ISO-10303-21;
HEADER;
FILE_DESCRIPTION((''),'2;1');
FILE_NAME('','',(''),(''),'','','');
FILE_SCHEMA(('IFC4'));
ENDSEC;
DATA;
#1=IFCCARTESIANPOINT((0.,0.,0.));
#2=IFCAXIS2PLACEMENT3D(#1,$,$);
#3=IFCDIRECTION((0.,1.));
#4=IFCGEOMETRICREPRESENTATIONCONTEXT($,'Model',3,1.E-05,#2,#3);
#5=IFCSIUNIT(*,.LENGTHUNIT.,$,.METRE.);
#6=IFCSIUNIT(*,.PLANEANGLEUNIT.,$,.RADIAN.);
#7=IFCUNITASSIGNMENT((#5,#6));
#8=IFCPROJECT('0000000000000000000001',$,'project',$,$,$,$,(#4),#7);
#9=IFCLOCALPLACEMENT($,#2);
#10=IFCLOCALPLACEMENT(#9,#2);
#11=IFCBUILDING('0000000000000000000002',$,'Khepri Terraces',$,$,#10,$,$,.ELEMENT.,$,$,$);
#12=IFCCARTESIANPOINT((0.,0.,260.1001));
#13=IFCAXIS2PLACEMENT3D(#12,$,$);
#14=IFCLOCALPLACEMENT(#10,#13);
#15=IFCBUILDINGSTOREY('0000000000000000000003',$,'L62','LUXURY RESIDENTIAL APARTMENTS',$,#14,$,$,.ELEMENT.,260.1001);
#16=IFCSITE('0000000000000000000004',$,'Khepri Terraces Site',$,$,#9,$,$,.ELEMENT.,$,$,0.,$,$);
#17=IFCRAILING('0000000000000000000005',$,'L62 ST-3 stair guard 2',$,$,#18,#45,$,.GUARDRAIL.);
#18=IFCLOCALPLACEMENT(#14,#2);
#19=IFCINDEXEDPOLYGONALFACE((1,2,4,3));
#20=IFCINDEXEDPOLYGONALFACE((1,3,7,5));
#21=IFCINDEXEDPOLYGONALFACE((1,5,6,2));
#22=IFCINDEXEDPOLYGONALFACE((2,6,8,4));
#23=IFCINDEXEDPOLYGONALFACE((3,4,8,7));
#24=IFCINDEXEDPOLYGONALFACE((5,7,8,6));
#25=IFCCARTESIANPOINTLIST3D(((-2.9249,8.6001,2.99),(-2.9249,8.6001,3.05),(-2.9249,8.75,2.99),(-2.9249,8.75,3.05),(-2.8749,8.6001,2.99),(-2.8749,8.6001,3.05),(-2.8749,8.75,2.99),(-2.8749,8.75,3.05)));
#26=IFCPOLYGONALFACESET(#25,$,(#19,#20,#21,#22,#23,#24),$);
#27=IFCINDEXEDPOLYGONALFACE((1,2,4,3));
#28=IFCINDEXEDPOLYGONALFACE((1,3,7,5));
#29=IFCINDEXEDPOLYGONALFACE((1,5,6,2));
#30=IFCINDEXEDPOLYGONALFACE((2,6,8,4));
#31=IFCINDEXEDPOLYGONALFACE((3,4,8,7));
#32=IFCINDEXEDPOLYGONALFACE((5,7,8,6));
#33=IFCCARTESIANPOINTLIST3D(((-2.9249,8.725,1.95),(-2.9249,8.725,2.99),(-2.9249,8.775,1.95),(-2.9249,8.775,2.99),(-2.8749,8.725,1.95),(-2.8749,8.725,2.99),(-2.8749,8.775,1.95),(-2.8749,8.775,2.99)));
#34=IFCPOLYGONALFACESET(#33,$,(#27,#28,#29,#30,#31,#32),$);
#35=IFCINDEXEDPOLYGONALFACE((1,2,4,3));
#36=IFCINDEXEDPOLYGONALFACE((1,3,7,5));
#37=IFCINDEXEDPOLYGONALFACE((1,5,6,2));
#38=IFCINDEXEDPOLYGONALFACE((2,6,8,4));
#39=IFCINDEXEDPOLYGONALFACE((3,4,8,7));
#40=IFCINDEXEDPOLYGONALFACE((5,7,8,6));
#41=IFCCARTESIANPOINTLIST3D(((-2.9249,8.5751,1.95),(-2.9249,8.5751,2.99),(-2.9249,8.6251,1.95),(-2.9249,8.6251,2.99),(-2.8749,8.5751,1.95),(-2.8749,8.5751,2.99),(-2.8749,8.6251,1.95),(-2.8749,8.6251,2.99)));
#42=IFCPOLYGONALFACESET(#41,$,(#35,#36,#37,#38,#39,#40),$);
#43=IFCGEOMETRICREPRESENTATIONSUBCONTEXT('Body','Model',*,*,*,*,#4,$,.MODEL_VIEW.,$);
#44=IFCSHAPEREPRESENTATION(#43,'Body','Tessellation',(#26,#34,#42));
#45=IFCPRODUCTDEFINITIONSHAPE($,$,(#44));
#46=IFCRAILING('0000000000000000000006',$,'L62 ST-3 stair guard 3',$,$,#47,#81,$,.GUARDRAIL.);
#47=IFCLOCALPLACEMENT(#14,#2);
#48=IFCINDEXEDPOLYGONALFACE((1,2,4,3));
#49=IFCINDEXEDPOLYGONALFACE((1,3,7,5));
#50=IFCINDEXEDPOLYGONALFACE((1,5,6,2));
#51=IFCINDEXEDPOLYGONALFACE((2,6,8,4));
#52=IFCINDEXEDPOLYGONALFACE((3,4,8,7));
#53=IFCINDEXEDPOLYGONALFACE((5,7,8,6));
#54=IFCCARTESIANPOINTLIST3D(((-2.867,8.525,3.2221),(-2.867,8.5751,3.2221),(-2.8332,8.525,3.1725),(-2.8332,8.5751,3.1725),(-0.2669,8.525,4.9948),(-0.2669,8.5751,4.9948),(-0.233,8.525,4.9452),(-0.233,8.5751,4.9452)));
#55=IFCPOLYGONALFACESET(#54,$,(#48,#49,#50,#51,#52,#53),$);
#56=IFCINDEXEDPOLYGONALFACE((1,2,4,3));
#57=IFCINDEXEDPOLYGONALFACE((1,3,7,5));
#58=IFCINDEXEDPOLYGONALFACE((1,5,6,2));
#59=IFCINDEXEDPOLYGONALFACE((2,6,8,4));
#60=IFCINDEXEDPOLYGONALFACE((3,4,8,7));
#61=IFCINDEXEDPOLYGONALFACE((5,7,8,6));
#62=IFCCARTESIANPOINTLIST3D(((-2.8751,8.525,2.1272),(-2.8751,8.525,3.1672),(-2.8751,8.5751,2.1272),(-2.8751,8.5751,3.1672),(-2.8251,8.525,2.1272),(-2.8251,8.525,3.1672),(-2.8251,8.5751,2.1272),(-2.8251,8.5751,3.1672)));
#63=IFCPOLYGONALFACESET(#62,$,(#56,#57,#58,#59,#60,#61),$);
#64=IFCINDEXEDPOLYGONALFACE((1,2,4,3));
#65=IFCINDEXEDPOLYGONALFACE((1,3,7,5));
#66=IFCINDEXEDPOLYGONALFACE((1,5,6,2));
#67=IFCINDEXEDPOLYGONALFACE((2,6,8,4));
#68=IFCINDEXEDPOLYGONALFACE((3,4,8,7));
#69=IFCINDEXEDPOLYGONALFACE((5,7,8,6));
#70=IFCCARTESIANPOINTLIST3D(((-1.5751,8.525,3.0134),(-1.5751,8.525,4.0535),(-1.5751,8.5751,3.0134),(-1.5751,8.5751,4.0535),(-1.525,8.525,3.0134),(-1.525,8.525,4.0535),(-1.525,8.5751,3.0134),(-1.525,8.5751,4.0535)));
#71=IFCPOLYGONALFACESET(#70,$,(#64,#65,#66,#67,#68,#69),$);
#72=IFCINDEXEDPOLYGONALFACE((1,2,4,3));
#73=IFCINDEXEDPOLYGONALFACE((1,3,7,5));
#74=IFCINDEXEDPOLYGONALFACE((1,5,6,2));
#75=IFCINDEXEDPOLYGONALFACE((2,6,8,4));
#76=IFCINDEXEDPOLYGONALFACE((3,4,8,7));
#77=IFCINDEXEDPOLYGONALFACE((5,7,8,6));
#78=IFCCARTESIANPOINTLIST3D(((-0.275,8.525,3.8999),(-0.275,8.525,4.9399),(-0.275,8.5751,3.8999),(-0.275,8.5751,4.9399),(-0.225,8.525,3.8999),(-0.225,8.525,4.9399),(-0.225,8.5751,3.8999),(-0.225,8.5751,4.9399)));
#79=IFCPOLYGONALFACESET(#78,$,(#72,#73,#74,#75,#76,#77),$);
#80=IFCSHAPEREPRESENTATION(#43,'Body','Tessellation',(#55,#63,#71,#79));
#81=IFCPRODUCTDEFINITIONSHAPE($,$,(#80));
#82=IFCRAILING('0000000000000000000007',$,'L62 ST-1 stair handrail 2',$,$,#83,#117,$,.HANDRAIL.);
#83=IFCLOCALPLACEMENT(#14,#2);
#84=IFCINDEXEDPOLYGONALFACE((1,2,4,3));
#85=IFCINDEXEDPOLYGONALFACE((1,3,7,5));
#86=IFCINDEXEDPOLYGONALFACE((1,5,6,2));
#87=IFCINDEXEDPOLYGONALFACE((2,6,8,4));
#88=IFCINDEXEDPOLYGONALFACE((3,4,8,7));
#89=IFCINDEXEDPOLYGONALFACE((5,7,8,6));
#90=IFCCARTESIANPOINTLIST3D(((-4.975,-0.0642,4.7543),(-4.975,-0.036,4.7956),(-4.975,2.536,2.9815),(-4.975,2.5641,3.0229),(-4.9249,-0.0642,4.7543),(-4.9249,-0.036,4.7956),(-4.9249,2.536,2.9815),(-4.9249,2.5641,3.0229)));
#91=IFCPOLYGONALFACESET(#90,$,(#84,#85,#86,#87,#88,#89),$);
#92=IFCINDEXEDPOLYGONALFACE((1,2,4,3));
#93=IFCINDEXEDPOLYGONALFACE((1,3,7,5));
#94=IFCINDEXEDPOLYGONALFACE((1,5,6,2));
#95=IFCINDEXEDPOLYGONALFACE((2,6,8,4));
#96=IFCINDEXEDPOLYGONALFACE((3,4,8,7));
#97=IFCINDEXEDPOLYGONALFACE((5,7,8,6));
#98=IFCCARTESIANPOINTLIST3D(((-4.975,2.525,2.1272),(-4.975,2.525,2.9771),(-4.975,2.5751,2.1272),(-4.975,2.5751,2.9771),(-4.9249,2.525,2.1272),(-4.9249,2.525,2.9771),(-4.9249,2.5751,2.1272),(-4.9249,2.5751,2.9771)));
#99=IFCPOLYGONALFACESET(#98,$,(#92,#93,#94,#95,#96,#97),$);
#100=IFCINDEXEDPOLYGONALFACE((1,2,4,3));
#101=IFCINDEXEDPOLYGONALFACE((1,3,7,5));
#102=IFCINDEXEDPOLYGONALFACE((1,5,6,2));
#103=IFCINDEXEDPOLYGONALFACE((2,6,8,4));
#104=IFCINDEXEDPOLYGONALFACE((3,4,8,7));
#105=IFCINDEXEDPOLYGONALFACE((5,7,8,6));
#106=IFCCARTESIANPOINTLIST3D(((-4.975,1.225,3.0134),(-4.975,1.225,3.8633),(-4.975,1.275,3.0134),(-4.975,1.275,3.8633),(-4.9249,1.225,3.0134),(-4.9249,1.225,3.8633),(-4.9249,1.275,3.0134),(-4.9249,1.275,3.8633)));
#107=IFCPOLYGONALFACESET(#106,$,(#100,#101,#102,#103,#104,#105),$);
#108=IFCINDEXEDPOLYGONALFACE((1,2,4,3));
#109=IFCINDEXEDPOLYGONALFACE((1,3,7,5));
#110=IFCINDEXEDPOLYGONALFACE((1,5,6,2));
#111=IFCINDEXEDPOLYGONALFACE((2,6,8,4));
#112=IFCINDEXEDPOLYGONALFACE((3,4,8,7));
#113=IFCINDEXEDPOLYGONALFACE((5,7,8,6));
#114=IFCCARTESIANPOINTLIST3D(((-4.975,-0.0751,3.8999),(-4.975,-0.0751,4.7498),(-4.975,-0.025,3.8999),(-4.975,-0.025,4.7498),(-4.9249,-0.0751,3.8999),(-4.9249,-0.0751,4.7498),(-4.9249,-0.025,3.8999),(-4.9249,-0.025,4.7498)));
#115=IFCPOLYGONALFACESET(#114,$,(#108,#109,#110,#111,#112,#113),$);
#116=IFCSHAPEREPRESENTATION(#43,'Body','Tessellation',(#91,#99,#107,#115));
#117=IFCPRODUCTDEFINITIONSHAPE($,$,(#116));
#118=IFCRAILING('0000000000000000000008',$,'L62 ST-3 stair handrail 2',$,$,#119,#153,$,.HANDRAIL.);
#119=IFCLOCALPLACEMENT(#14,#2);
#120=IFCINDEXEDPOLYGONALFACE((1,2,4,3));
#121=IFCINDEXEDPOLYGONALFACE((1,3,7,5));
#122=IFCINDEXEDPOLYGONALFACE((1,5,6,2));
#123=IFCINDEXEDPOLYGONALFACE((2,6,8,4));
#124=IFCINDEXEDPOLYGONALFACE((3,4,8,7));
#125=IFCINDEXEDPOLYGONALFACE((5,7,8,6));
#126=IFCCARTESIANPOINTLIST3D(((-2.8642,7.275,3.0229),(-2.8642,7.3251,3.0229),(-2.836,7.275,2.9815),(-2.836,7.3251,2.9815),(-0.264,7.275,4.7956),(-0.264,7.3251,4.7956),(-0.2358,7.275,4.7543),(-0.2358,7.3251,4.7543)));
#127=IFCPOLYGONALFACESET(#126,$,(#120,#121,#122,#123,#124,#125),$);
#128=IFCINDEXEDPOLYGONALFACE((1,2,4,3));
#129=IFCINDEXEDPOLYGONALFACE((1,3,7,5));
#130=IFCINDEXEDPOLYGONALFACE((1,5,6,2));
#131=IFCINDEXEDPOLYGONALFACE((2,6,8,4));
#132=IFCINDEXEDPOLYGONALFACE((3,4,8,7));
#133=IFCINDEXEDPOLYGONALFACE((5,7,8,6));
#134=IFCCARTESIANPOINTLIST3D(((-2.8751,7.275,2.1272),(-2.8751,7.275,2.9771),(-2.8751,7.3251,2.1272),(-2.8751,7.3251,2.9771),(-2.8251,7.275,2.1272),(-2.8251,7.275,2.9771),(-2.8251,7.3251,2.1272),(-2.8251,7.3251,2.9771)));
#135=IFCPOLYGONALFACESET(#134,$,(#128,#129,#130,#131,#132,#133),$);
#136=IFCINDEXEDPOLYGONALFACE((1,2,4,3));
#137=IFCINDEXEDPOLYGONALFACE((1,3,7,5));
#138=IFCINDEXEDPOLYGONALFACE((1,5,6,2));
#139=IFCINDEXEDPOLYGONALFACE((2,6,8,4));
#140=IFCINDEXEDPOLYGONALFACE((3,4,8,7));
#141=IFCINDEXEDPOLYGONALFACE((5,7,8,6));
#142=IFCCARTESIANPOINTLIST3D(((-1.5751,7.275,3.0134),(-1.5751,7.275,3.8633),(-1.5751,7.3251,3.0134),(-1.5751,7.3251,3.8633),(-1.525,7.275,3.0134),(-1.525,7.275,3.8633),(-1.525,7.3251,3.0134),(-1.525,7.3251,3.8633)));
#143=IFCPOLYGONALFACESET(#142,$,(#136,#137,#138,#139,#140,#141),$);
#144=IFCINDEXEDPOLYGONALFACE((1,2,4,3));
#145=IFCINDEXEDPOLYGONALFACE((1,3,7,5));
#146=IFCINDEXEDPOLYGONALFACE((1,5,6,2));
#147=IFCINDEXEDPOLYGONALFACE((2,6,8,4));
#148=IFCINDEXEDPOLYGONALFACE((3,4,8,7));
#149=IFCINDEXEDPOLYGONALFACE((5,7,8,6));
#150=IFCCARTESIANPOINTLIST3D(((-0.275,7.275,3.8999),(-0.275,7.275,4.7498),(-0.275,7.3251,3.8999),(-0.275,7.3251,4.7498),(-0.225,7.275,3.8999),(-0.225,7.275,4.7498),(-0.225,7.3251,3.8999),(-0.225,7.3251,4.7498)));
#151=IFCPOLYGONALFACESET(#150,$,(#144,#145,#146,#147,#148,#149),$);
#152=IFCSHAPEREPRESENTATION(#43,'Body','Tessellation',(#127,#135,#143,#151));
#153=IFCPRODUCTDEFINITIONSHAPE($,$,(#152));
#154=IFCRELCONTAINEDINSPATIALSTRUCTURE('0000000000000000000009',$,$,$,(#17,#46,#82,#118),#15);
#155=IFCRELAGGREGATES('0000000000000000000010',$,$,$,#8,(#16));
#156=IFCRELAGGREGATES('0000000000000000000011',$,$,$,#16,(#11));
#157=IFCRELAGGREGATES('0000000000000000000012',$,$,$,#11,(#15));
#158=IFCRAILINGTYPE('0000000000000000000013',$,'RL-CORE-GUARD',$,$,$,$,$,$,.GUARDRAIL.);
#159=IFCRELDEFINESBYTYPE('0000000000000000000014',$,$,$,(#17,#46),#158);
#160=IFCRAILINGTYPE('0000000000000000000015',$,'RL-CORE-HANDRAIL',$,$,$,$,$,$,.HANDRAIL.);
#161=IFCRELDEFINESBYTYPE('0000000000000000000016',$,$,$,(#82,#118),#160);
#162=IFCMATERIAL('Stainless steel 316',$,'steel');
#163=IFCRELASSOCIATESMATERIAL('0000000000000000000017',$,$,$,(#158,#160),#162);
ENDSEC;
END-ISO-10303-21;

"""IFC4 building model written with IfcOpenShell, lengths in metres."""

from ifc_helpers import new_model, si_unit, direction, frame, origin, origin_2d, place, context, subcontext, project, spatial, rectangle, extrude, material, type_object, element, save


model = new_model("IFC4")

# Units and contexts
model_context = context("Model", 3, precision=1e-05, world=origin(), true_north=direction((0.0, 1.0)))
body_context = subcontext(model_context, "Body", "Model", "MODEL_VIEW")
ifc_project = project(units=[si_unit("LENGTHUNIT", "METRE"), si_unit("PLANEANGLEUNIT", "RADIAN")], contexts=[model_context])

# Site, building, storey
site_placement = place(None, origin())
site = spatial("IfcSite", under=ifc_project, at=site_placement, Name="Khepri Terraces Site", CompositionType="ELEMENT", RefElevation=0.0)
building_placement = place(site_placement, origin())
building = spatial("IfcBuilding", under=site, at=building_placement, Name="Khepri Terraces", CompositionType="ELEMENT")
storey_placement = place(building_placement, frame((0.0, 0.0, 260.1001)))
storey = spatial("IfcBuildingStorey", under=building, at=storey_placement, Name="L62", Description="LUXURY RESIDENTIAL APARTMENTS", CompositionType="ELEMENT", Elevation=260.1001)

# Railings
ifc_material_1 = material(Name="Stainless steel 316", Category="steel")
railing_type_1 = type_object("IfcRailingType", Name="RL-CORE-GUARD", PredefinedType="GUARDRAIL", material=ifc_material_1)
railing_1_placement = place(storey_placement, frame((-2.8999, 8.75, 1.95)))
element("IfcRailing", 1, at=railing_1_placement, inside=storey, type_object=railing_type_1, Name="L62 ST-3 stair guard 2", PredefinedType="GUARDRAIL", context=body_context, shape_type="SweptSolid", body=[
    extrude(rectangle(XDim=0.05, YDim=0.0601, at=origin_2d()), frame((0.0, 0.0, 1.0701), z_axis=(0.0, -1.0, 0.0), x_axis=(1.0, 0.0, 0.0)), (0.0, 0.0, 1.0), 0.1499),
    extrude(rectangle(XDim=0.05, YDim=0.05, at=origin_2d()), origin(), (0.0, 0.0, 1.0), 1.04),
    extrude(rectangle(XDim=0.05, YDim=0.05, at=origin_2d()), frame((0.0, -0.1499, 0.0)), (0.0, 0.0, 1.0), 1.04),
])
railing_2_placement = place(storey_placement, frame((-2.8501, 8.55, 2.1272)))
element("IfcRailing", 2, at=railing_2_placement, inside=storey, type_object=railing_type_1, Name="L62 ST-3 stair guard 3", PredefinedType="GUARDRAIL", context=body_context, shape_type="SweptSolid", body=[
    extrude(rectangle(XDim=0.05, YDim=0.0601, at=origin_2d()), frame((0.0, 0.0, 1.0701), z_axis=(0.82624, 0.0, 0.563318), x_axis=(0.0, 1.0, 0.0)), (0.0, 0.0, 1.0), 3.147),
    extrude(rectangle(XDim=0.05, YDim=0.05, at=origin_2d()), origin(), (0.0, 0.0, 1.0), 1.04),
    extrude(rectangle(XDim=0.05, YDim=0.05, at=origin_2d()), frame((1.3, 0.0, 0.8862)), (0.0, 0.0, 1.0), 1.04),
    extrude(rectangle(XDim=0.05, YDim=0.05, at=origin_2d()), frame((2.6001, 0.0, 1.7727)), (0.0, 0.0, 1.0), 1.04),
])
railing_type_2 = type_object("IfcRailingType", Name="RL-CORE-HANDRAIL", PredefinedType="HANDRAIL", material=ifc_material_1)
railing_3_placement = place(storey_placement, frame((-4.95, 2.55, 2.1272)))
element("IfcRailing", 3, at=railing_3_placement, inside=storey, type_object=railing_type_2, Name="L62 ST-1 stair handrail 2", PredefinedType="HANDRAIL", context=body_context, shape_type="SweptSolid", body=[
    extrude(rectangle(XDim=0.05, YDim=0.05, at=origin_2d()), frame((0.0, 0.0, 0.875), z_axis=(0.0, -0.82624, 0.563318), x_axis=(1.0, 0.0, 0.0)), (0.0, 0.0, 1.0), 3.147),
    extrude(rectangle(XDim=0.05, YDim=0.05, at=origin_2d()), origin(), (0.0, 0.0, 1.0), 0.8499),
    extrude(rectangle(XDim=0.05, YDim=0.05, at=origin_2d()), frame((0.0, -1.3, 0.8862)), (0.0, 0.0, 1.0), 0.8499),
    extrude(rectangle(XDim=0.05, YDim=0.05, at=origin_2d()), frame((0.0, -2.6001, 1.7727)), (0.0, 0.0, 1.0), 0.8499),
])
railing_4_placement = place(storey_placement, frame((-2.8501, 7.3, 2.1272)))
element("IfcRailing", 4, at=railing_4_placement, inside=storey, type_object=railing_type_2, Name="L62 ST-3 stair handrail 2", PredefinedType="HANDRAIL", context=body_context, shape_type="SweptSolid", body=[
    extrude(rectangle(XDim=0.05, YDim=0.05, at=origin_2d()), frame((0.0, 0.0, 0.875), z_axis=(0.82624, 0.0, 0.563318), x_axis=(0.0, 1.0, 0.0)), (0.0, 0.0, 1.0), 3.147),
    extrude(rectangle(XDim=0.05, YDim=0.05, at=origin_2d()), origin(), (0.0, 0.0, 1.0), 0.8499),
    extrude(rectangle(XDim=0.05, YDim=0.05, at=origin_2d()), frame((1.3, 0.0, 0.8862)), (0.0, 0.0, 1.0), 0.8499),
    extrude(rectangle(XDim=0.05, YDim=0.05, at=origin_2d()), frame((2.6001, 0.0, 1.7727)), (0.0, 0.0, 1.0), 0.8499),
])

save(model, "model.ifc")
